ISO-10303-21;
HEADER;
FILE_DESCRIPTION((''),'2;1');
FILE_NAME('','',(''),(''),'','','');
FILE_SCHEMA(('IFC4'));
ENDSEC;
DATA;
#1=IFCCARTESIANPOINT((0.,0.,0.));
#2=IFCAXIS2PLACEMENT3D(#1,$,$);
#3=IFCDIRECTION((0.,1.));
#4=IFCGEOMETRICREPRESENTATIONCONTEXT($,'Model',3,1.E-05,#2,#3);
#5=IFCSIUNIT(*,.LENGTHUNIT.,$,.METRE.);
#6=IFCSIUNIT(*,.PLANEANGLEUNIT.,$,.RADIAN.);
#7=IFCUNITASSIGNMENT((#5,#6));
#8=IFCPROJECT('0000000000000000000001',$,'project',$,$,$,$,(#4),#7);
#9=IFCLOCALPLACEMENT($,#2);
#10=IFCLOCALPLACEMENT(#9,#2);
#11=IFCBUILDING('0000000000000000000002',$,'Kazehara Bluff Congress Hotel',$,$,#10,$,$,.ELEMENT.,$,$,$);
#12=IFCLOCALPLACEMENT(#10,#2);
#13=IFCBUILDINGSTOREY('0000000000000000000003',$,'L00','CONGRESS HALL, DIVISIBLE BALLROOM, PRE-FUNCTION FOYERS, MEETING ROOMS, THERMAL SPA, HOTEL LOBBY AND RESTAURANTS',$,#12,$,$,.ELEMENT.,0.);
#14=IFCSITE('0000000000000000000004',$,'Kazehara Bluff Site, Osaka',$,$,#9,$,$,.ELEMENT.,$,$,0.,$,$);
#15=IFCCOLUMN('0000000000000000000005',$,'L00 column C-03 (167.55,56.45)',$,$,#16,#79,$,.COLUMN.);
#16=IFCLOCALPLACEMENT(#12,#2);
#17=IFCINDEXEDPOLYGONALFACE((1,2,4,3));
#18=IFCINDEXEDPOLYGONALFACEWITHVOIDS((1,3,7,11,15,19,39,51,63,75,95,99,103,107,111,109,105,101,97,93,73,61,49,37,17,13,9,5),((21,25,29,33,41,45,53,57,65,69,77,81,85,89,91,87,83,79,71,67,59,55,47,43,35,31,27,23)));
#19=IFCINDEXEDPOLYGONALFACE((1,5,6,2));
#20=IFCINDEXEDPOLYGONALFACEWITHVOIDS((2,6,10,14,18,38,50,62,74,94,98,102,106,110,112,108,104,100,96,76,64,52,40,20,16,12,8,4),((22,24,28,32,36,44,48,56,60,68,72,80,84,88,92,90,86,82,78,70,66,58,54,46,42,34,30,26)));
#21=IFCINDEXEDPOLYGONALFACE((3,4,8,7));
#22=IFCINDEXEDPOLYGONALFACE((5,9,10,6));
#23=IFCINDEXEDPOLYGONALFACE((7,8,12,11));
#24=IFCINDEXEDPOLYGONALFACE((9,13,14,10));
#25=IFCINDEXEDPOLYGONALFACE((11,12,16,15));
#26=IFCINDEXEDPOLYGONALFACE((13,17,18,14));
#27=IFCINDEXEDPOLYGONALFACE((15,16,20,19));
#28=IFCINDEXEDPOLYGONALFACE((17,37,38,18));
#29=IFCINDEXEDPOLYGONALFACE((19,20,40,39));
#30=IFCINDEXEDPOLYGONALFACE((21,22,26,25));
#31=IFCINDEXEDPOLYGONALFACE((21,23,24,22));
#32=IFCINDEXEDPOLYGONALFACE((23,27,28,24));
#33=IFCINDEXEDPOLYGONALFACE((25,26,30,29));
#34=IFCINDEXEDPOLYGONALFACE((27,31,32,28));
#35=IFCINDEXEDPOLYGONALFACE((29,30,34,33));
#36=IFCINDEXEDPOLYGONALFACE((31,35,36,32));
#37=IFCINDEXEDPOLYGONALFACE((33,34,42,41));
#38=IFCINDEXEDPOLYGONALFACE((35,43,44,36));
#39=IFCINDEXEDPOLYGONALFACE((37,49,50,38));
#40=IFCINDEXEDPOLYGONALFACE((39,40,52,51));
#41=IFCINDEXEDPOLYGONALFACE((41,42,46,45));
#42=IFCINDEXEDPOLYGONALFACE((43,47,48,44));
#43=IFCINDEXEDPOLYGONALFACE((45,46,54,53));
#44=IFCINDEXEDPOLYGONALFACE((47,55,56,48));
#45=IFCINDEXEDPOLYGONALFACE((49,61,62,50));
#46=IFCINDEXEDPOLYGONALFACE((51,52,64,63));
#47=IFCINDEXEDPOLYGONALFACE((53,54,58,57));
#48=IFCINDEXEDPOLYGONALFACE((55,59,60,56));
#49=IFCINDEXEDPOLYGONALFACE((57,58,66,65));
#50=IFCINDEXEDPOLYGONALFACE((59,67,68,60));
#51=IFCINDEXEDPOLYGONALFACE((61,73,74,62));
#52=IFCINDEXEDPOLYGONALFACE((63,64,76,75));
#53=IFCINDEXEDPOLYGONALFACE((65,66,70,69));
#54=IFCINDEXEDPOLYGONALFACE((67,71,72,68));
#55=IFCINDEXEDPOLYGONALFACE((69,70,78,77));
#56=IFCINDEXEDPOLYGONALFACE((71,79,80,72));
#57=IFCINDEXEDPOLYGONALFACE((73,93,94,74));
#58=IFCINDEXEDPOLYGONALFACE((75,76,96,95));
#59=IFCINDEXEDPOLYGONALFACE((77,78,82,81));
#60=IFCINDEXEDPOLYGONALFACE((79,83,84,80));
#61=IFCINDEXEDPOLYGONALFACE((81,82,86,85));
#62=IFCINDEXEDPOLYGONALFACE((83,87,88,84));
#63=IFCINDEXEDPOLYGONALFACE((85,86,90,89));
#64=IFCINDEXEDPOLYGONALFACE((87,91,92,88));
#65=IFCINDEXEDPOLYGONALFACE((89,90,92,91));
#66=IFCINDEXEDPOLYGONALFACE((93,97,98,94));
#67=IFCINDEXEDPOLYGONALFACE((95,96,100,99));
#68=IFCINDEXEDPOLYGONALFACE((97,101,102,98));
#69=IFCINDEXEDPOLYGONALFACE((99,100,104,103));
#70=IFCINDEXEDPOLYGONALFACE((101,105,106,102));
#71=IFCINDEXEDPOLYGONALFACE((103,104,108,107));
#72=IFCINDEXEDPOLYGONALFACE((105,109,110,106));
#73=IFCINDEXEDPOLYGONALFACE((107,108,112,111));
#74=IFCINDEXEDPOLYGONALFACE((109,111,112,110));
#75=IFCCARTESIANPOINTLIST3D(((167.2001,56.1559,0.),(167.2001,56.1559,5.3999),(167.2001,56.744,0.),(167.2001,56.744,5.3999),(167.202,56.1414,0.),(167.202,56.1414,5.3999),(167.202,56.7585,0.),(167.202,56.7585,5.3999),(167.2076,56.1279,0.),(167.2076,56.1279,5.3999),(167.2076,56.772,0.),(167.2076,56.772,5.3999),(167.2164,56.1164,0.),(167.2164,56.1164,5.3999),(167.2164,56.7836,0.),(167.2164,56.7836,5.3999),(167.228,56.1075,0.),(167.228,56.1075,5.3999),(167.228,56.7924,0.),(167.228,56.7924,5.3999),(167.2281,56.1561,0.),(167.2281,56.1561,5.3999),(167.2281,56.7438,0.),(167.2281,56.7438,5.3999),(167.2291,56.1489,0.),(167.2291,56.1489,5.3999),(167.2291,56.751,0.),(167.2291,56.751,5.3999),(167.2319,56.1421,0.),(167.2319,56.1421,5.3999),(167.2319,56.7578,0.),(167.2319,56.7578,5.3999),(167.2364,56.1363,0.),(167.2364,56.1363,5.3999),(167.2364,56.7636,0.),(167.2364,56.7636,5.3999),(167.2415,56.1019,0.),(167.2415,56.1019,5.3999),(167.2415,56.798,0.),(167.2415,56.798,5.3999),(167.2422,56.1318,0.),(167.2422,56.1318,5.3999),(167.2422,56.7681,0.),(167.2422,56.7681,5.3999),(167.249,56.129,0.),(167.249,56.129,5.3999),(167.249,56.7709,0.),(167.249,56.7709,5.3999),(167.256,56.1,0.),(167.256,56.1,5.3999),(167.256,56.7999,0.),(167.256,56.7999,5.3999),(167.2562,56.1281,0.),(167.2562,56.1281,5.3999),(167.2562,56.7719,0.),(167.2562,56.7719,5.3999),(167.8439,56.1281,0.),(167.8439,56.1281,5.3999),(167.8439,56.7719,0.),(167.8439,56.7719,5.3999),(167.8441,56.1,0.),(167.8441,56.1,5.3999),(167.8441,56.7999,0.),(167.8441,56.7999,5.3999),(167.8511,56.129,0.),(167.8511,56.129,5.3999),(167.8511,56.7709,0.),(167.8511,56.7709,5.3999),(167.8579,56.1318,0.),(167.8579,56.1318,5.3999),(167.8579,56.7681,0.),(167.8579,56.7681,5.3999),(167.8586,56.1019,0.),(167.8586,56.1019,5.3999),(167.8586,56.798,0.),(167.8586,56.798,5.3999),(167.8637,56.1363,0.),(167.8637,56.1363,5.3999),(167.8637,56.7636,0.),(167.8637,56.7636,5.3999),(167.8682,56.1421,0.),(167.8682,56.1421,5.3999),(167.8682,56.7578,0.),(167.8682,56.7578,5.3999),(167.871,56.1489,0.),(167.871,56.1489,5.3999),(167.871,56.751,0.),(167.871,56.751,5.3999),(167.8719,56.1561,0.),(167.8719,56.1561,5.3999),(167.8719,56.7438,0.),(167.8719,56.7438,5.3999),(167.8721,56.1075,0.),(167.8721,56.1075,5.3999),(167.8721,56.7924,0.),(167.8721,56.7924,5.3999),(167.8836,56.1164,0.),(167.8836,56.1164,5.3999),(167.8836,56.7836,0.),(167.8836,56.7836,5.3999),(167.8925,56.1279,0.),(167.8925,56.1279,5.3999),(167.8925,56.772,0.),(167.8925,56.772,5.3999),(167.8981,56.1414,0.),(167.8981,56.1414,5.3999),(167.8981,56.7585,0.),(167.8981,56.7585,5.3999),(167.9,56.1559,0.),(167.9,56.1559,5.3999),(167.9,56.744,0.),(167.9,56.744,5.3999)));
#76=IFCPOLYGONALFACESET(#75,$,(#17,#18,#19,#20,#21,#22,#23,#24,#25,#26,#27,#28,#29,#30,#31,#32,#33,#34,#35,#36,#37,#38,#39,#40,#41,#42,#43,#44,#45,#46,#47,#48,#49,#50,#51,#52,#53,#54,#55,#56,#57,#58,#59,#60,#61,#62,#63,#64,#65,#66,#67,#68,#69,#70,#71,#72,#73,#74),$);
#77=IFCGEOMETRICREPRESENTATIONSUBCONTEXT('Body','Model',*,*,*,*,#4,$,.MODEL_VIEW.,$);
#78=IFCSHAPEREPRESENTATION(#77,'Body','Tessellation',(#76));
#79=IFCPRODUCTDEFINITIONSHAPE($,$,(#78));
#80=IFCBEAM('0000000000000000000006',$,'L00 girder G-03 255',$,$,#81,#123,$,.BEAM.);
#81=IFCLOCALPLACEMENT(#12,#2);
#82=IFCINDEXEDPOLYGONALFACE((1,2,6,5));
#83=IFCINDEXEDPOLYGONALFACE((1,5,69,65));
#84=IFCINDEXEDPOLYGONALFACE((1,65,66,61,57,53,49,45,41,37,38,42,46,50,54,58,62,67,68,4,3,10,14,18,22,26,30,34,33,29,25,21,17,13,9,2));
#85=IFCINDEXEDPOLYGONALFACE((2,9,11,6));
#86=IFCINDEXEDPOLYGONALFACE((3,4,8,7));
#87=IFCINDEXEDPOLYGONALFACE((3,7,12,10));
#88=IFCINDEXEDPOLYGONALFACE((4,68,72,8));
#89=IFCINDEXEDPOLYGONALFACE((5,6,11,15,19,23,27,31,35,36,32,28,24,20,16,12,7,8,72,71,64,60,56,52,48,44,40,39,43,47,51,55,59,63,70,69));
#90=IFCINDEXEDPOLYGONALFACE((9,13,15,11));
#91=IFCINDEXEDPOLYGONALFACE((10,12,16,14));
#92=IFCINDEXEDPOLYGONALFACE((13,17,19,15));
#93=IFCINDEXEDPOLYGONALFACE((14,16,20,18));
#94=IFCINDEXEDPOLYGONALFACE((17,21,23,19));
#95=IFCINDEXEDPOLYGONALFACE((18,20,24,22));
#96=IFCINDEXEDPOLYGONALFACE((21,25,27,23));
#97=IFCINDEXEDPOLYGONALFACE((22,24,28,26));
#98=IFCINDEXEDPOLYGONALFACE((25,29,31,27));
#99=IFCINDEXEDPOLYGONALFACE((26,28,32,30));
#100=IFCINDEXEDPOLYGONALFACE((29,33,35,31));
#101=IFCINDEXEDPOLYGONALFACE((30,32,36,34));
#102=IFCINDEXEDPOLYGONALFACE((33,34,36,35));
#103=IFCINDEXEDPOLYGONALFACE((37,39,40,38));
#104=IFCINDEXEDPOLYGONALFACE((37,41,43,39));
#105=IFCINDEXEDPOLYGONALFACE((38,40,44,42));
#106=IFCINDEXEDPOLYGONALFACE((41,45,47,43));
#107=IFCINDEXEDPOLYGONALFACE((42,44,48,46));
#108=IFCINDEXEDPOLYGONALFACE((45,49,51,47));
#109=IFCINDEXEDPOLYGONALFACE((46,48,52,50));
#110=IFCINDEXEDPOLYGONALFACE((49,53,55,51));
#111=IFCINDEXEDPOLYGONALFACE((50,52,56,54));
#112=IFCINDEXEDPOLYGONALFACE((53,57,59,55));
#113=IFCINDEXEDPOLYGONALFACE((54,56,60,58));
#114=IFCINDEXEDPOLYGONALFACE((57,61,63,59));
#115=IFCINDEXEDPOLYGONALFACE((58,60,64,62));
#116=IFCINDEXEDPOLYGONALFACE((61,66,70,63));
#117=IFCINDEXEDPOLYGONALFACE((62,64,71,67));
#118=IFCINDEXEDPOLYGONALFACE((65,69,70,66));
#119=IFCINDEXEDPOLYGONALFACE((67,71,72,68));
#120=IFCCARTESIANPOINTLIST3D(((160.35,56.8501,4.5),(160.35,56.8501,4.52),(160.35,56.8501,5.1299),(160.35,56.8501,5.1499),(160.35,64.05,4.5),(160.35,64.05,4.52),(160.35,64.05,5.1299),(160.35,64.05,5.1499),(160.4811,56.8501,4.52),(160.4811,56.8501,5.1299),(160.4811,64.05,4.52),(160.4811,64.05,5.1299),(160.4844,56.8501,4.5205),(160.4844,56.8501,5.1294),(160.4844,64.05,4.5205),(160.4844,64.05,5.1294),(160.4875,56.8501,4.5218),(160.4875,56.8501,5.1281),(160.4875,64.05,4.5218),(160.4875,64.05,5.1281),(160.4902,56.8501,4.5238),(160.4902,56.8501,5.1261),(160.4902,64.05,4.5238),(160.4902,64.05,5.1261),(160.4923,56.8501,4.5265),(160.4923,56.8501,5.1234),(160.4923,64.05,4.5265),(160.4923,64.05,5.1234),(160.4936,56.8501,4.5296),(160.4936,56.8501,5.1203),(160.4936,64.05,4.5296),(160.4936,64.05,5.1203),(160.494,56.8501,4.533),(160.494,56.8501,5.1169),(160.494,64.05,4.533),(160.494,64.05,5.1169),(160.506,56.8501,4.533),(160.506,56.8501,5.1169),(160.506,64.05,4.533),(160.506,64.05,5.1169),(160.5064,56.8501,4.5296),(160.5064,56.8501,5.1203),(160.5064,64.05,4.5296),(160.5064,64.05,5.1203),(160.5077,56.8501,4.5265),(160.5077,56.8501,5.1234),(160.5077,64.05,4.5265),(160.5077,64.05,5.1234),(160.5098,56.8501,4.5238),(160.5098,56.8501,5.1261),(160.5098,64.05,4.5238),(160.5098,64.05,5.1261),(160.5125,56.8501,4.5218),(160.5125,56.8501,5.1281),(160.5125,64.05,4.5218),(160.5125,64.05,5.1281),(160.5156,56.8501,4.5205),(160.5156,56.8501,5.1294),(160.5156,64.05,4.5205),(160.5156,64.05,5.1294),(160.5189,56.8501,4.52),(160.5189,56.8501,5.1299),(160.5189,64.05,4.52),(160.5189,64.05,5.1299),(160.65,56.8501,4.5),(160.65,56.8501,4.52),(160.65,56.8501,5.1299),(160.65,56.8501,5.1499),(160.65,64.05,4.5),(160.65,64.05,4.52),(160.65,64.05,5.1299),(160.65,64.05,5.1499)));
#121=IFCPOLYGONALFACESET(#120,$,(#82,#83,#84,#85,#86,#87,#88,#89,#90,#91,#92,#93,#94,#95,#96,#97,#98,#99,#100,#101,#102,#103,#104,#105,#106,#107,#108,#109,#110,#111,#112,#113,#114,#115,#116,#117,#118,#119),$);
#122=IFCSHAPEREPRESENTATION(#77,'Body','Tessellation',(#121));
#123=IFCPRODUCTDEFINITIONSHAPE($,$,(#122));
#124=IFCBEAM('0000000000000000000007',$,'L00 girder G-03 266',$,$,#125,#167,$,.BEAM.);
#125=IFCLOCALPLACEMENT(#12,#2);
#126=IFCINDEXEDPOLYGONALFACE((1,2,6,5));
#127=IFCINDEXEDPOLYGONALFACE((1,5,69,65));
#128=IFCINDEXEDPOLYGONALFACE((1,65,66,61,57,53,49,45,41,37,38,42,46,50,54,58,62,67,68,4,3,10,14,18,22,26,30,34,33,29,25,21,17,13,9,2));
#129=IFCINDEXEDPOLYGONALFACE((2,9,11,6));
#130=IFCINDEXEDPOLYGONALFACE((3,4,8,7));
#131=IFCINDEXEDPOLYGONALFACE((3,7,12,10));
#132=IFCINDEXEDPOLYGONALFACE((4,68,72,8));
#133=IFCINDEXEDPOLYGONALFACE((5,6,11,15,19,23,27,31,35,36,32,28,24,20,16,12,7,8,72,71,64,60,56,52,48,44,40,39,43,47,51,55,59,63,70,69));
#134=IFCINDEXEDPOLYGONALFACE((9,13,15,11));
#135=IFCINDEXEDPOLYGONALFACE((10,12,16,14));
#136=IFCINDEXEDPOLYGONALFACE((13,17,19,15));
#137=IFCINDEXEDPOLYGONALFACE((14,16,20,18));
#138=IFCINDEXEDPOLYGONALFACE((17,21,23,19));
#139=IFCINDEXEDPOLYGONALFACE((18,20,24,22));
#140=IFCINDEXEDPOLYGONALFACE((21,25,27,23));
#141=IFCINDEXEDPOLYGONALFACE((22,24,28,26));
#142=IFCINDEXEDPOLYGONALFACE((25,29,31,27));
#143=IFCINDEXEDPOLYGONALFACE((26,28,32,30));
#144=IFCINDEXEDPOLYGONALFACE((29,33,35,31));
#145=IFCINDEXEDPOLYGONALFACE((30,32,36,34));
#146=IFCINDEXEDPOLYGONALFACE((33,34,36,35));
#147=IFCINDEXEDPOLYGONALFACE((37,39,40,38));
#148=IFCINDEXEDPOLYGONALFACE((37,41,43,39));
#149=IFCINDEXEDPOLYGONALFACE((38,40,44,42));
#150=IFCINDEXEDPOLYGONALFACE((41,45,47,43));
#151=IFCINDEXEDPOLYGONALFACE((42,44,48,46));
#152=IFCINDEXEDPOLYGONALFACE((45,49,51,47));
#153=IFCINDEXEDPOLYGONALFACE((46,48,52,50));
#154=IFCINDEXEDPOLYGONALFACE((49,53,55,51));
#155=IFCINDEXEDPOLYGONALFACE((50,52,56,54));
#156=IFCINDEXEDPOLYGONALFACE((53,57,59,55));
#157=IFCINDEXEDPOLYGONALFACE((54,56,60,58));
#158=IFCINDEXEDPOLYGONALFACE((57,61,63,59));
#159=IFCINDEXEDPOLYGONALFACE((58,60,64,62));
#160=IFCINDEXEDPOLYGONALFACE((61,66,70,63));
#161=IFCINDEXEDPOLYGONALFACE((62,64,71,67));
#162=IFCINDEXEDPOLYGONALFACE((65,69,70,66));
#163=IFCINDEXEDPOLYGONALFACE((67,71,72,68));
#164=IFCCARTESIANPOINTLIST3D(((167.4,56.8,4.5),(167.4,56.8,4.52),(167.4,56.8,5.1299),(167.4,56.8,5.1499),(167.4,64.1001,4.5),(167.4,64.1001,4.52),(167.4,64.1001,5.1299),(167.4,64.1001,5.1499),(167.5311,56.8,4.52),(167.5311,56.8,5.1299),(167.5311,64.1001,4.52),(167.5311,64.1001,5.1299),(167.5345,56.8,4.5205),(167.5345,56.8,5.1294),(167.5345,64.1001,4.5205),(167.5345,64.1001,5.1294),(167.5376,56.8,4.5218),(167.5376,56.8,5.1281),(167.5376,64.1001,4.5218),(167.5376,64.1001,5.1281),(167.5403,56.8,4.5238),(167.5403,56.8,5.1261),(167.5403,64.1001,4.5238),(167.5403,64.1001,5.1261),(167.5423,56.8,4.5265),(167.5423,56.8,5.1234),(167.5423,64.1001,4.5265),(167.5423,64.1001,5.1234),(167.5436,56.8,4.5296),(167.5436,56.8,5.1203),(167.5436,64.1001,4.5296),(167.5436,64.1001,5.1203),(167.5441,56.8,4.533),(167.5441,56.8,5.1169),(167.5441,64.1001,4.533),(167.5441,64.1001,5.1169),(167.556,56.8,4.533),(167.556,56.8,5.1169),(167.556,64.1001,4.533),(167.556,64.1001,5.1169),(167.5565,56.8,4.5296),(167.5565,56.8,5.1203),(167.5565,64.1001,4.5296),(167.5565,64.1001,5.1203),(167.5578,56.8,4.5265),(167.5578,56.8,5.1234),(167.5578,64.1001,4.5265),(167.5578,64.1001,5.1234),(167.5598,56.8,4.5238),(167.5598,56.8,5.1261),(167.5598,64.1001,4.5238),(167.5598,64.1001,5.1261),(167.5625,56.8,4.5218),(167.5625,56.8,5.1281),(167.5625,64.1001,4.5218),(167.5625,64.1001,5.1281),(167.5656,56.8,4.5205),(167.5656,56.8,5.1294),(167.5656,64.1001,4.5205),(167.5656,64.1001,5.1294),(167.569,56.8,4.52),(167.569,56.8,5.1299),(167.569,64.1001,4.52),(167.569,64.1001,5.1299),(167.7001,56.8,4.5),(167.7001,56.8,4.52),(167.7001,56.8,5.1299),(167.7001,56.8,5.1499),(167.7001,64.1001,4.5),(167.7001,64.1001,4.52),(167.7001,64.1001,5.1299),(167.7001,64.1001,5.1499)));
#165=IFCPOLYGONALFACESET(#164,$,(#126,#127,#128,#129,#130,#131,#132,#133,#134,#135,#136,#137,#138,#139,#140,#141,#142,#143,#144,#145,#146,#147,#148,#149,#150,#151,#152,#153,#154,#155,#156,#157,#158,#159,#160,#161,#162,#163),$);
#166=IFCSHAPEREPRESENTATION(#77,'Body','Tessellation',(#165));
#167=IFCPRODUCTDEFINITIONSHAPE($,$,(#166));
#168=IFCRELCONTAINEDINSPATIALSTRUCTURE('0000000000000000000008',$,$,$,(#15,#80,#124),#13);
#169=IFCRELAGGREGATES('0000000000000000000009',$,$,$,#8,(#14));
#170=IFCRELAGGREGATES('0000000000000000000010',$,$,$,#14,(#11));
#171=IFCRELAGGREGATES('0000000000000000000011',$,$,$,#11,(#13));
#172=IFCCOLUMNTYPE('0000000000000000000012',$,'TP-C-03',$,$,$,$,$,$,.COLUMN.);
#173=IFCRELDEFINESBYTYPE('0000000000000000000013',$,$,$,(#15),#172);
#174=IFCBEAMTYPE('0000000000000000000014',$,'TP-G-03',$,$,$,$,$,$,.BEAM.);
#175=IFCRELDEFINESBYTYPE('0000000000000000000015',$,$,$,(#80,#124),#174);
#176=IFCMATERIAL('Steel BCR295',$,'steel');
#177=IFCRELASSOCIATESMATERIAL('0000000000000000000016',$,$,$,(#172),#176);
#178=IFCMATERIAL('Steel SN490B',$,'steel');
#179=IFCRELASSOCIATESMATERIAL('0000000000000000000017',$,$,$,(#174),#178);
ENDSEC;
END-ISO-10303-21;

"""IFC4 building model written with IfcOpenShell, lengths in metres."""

from ifc_helpers import new_model, si_unit, direction, frame, origin, origin_2d, place, context, subcontext, project, spatial, hollow_rectangle, i_section, extrude, material, material_profile, profile_set, type_object, element, save


model = new_model("IFC4")

# Units and contexts
model_context = context("Model", 3, precision=1e-05, world=origin(), true_north=direction((0.0, 1.0)))
body_context = subcontext(model_context, "Body", "Model", "MODEL_VIEW")
ifc_project = project(units=[si_unit("LENGTHUNIT", "METRE"), si_unit("PLANEANGLEUNIT", "RADIAN")], contexts=[model_context])

# Site, building, storey
site_placement = place(None, origin())
site = spatial("IfcSite", under=ifc_project, at=site_placement, Name="Kazehara Bluff Site, Osaka", CompositionType="ELEMENT", RefElevation=0.0)
building_placement = place(site_placement, origin())
building = spatial("IfcBuilding", under=site, at=building_placement, Name="Kazehara Bluff Congress Hotel", CompositionType="ELEMENT")
storey_placement = place(building_placement, origin())
storey = spatial("IfcBuildingStorey", under=building, at=storey_placement, Name="L00", Description="CONGRESS HALL, DIVISIBLE BALLROOM, PRE-FUNCTION FOYERS, MEETING ROOMS, THERMAL SPA, HOTEL LOBBY AND RESTAURANTS", CompositionType="ELEMENT", Elevation=0.0)

# Column
ifc_material_1 = material(Name="Steel BCR295", Category="steel")
ifc_material_profile_1 = material_profile(ifc_material_1, hollow_rectangle(XDim=0.7, YDim=0.7, WallThickness=0.0281, InnerFilletRadius=0.0281, OuterFilletRadius=0.0559, at=origin_2d()))
ifc_profile_set_1 = profile_set([ifc_material_profile_1], Name="Steel BCR295")
column_type_1 = type_object("IfcColumnType", Name="TP-C-03", PredefinedType="COLUMN", material=ifc_profile_set_1)
for number, where, z_axis, x_axis, name in (
    (1, (167.55, 56.45, 0.0), (0.0, 0.0, 1.0), (1.0, 0.0, 0.0), "L00 column C-03 (167.55,56.45)"),
):
    element("IfcColumn", number, at=place(storey_placement, frame(where, z_axis=z_axis, x_axis=x_axis)), inside=storey, type_object=column_type_1, Name=name, PredefinedType="COLUMN", context=body_context, shape_type="SweptSolid", body=[
        extrude(hollow_rectangle(XDim=0.7, YDim=0.7, WallThickness=0.0281, InnerFilletRadius=0.0281, OuterFilletRadius=0.0559, at=origin_2d()), origin(), (0.0, 0.0, 1.0), 5.3999),
    ])

# Beams
ifc_material_2 = material(Name="Steel SN490B", Category="steel")
ifc_material_profile_2 = material_profile(ifc_material_2, i_section(OverallWidth=0.3, OverallDepth=0.6499, WebThickness=0.012, FlangeThickness=0.02, FilletRadius=0.0129, at=origin_2d()))
ifc_profile_set_2 = profile_set([ifc_material_profile_2], Name="Steel SN490B")
beam_type_1 = type_object("IfcBeamType", Name="TP-G-03", PredefinedType="BEAM", material=ifc_profile_set_2)
beam_1_placement = place(storey_placement, frame((160.5, 56.8501, 4.825), z_axis=(0.0, 1.0, 0.0), x_axis=(-1.0, 0.0, 0.0)))
element("IfcBeam", 2, at=beam_1_placement, inside=storey, type_object=beam_type_1, Name="L00 girder G-03 255", PredefinedType="BEAM", context=body_context, shape_type="SweptSolid", body=[
    extrude(i_section(OverallWidth=0.3, OverallDepth=0.6499, WebThickness=0.012, FlangeThickness=0.02, FilletRadius=0.0129, at=origin_2d()), origin(), (0.0, 0.0, 1.0), 7.2),
])
beam_2_placement = place(storey_placement, frame((167.55, 56.8, 4.825), z_axis=(0.0, 1.0, 0.0), x_axis=(-1.0, 0.0, 0.0)))
element("IfcBeam", 3, at=beam_2_placement, inside=storey, type_object=beam_type_1, Name="L00 girder G-03 266", PredefinedType="BEAM", context=body_context, shape_type="SweptSolid", body=[
    extrude(i_section(OverallWidth=0.3, OverallDepth=0.6499, WebThickness=0.012, FlangeThickness=0.02, FilletRadius=0.0129, at=origin_2d()), origin(), (0.0, 0.0, 1.0), 7.3),
])

save(model, "model.ifc")
